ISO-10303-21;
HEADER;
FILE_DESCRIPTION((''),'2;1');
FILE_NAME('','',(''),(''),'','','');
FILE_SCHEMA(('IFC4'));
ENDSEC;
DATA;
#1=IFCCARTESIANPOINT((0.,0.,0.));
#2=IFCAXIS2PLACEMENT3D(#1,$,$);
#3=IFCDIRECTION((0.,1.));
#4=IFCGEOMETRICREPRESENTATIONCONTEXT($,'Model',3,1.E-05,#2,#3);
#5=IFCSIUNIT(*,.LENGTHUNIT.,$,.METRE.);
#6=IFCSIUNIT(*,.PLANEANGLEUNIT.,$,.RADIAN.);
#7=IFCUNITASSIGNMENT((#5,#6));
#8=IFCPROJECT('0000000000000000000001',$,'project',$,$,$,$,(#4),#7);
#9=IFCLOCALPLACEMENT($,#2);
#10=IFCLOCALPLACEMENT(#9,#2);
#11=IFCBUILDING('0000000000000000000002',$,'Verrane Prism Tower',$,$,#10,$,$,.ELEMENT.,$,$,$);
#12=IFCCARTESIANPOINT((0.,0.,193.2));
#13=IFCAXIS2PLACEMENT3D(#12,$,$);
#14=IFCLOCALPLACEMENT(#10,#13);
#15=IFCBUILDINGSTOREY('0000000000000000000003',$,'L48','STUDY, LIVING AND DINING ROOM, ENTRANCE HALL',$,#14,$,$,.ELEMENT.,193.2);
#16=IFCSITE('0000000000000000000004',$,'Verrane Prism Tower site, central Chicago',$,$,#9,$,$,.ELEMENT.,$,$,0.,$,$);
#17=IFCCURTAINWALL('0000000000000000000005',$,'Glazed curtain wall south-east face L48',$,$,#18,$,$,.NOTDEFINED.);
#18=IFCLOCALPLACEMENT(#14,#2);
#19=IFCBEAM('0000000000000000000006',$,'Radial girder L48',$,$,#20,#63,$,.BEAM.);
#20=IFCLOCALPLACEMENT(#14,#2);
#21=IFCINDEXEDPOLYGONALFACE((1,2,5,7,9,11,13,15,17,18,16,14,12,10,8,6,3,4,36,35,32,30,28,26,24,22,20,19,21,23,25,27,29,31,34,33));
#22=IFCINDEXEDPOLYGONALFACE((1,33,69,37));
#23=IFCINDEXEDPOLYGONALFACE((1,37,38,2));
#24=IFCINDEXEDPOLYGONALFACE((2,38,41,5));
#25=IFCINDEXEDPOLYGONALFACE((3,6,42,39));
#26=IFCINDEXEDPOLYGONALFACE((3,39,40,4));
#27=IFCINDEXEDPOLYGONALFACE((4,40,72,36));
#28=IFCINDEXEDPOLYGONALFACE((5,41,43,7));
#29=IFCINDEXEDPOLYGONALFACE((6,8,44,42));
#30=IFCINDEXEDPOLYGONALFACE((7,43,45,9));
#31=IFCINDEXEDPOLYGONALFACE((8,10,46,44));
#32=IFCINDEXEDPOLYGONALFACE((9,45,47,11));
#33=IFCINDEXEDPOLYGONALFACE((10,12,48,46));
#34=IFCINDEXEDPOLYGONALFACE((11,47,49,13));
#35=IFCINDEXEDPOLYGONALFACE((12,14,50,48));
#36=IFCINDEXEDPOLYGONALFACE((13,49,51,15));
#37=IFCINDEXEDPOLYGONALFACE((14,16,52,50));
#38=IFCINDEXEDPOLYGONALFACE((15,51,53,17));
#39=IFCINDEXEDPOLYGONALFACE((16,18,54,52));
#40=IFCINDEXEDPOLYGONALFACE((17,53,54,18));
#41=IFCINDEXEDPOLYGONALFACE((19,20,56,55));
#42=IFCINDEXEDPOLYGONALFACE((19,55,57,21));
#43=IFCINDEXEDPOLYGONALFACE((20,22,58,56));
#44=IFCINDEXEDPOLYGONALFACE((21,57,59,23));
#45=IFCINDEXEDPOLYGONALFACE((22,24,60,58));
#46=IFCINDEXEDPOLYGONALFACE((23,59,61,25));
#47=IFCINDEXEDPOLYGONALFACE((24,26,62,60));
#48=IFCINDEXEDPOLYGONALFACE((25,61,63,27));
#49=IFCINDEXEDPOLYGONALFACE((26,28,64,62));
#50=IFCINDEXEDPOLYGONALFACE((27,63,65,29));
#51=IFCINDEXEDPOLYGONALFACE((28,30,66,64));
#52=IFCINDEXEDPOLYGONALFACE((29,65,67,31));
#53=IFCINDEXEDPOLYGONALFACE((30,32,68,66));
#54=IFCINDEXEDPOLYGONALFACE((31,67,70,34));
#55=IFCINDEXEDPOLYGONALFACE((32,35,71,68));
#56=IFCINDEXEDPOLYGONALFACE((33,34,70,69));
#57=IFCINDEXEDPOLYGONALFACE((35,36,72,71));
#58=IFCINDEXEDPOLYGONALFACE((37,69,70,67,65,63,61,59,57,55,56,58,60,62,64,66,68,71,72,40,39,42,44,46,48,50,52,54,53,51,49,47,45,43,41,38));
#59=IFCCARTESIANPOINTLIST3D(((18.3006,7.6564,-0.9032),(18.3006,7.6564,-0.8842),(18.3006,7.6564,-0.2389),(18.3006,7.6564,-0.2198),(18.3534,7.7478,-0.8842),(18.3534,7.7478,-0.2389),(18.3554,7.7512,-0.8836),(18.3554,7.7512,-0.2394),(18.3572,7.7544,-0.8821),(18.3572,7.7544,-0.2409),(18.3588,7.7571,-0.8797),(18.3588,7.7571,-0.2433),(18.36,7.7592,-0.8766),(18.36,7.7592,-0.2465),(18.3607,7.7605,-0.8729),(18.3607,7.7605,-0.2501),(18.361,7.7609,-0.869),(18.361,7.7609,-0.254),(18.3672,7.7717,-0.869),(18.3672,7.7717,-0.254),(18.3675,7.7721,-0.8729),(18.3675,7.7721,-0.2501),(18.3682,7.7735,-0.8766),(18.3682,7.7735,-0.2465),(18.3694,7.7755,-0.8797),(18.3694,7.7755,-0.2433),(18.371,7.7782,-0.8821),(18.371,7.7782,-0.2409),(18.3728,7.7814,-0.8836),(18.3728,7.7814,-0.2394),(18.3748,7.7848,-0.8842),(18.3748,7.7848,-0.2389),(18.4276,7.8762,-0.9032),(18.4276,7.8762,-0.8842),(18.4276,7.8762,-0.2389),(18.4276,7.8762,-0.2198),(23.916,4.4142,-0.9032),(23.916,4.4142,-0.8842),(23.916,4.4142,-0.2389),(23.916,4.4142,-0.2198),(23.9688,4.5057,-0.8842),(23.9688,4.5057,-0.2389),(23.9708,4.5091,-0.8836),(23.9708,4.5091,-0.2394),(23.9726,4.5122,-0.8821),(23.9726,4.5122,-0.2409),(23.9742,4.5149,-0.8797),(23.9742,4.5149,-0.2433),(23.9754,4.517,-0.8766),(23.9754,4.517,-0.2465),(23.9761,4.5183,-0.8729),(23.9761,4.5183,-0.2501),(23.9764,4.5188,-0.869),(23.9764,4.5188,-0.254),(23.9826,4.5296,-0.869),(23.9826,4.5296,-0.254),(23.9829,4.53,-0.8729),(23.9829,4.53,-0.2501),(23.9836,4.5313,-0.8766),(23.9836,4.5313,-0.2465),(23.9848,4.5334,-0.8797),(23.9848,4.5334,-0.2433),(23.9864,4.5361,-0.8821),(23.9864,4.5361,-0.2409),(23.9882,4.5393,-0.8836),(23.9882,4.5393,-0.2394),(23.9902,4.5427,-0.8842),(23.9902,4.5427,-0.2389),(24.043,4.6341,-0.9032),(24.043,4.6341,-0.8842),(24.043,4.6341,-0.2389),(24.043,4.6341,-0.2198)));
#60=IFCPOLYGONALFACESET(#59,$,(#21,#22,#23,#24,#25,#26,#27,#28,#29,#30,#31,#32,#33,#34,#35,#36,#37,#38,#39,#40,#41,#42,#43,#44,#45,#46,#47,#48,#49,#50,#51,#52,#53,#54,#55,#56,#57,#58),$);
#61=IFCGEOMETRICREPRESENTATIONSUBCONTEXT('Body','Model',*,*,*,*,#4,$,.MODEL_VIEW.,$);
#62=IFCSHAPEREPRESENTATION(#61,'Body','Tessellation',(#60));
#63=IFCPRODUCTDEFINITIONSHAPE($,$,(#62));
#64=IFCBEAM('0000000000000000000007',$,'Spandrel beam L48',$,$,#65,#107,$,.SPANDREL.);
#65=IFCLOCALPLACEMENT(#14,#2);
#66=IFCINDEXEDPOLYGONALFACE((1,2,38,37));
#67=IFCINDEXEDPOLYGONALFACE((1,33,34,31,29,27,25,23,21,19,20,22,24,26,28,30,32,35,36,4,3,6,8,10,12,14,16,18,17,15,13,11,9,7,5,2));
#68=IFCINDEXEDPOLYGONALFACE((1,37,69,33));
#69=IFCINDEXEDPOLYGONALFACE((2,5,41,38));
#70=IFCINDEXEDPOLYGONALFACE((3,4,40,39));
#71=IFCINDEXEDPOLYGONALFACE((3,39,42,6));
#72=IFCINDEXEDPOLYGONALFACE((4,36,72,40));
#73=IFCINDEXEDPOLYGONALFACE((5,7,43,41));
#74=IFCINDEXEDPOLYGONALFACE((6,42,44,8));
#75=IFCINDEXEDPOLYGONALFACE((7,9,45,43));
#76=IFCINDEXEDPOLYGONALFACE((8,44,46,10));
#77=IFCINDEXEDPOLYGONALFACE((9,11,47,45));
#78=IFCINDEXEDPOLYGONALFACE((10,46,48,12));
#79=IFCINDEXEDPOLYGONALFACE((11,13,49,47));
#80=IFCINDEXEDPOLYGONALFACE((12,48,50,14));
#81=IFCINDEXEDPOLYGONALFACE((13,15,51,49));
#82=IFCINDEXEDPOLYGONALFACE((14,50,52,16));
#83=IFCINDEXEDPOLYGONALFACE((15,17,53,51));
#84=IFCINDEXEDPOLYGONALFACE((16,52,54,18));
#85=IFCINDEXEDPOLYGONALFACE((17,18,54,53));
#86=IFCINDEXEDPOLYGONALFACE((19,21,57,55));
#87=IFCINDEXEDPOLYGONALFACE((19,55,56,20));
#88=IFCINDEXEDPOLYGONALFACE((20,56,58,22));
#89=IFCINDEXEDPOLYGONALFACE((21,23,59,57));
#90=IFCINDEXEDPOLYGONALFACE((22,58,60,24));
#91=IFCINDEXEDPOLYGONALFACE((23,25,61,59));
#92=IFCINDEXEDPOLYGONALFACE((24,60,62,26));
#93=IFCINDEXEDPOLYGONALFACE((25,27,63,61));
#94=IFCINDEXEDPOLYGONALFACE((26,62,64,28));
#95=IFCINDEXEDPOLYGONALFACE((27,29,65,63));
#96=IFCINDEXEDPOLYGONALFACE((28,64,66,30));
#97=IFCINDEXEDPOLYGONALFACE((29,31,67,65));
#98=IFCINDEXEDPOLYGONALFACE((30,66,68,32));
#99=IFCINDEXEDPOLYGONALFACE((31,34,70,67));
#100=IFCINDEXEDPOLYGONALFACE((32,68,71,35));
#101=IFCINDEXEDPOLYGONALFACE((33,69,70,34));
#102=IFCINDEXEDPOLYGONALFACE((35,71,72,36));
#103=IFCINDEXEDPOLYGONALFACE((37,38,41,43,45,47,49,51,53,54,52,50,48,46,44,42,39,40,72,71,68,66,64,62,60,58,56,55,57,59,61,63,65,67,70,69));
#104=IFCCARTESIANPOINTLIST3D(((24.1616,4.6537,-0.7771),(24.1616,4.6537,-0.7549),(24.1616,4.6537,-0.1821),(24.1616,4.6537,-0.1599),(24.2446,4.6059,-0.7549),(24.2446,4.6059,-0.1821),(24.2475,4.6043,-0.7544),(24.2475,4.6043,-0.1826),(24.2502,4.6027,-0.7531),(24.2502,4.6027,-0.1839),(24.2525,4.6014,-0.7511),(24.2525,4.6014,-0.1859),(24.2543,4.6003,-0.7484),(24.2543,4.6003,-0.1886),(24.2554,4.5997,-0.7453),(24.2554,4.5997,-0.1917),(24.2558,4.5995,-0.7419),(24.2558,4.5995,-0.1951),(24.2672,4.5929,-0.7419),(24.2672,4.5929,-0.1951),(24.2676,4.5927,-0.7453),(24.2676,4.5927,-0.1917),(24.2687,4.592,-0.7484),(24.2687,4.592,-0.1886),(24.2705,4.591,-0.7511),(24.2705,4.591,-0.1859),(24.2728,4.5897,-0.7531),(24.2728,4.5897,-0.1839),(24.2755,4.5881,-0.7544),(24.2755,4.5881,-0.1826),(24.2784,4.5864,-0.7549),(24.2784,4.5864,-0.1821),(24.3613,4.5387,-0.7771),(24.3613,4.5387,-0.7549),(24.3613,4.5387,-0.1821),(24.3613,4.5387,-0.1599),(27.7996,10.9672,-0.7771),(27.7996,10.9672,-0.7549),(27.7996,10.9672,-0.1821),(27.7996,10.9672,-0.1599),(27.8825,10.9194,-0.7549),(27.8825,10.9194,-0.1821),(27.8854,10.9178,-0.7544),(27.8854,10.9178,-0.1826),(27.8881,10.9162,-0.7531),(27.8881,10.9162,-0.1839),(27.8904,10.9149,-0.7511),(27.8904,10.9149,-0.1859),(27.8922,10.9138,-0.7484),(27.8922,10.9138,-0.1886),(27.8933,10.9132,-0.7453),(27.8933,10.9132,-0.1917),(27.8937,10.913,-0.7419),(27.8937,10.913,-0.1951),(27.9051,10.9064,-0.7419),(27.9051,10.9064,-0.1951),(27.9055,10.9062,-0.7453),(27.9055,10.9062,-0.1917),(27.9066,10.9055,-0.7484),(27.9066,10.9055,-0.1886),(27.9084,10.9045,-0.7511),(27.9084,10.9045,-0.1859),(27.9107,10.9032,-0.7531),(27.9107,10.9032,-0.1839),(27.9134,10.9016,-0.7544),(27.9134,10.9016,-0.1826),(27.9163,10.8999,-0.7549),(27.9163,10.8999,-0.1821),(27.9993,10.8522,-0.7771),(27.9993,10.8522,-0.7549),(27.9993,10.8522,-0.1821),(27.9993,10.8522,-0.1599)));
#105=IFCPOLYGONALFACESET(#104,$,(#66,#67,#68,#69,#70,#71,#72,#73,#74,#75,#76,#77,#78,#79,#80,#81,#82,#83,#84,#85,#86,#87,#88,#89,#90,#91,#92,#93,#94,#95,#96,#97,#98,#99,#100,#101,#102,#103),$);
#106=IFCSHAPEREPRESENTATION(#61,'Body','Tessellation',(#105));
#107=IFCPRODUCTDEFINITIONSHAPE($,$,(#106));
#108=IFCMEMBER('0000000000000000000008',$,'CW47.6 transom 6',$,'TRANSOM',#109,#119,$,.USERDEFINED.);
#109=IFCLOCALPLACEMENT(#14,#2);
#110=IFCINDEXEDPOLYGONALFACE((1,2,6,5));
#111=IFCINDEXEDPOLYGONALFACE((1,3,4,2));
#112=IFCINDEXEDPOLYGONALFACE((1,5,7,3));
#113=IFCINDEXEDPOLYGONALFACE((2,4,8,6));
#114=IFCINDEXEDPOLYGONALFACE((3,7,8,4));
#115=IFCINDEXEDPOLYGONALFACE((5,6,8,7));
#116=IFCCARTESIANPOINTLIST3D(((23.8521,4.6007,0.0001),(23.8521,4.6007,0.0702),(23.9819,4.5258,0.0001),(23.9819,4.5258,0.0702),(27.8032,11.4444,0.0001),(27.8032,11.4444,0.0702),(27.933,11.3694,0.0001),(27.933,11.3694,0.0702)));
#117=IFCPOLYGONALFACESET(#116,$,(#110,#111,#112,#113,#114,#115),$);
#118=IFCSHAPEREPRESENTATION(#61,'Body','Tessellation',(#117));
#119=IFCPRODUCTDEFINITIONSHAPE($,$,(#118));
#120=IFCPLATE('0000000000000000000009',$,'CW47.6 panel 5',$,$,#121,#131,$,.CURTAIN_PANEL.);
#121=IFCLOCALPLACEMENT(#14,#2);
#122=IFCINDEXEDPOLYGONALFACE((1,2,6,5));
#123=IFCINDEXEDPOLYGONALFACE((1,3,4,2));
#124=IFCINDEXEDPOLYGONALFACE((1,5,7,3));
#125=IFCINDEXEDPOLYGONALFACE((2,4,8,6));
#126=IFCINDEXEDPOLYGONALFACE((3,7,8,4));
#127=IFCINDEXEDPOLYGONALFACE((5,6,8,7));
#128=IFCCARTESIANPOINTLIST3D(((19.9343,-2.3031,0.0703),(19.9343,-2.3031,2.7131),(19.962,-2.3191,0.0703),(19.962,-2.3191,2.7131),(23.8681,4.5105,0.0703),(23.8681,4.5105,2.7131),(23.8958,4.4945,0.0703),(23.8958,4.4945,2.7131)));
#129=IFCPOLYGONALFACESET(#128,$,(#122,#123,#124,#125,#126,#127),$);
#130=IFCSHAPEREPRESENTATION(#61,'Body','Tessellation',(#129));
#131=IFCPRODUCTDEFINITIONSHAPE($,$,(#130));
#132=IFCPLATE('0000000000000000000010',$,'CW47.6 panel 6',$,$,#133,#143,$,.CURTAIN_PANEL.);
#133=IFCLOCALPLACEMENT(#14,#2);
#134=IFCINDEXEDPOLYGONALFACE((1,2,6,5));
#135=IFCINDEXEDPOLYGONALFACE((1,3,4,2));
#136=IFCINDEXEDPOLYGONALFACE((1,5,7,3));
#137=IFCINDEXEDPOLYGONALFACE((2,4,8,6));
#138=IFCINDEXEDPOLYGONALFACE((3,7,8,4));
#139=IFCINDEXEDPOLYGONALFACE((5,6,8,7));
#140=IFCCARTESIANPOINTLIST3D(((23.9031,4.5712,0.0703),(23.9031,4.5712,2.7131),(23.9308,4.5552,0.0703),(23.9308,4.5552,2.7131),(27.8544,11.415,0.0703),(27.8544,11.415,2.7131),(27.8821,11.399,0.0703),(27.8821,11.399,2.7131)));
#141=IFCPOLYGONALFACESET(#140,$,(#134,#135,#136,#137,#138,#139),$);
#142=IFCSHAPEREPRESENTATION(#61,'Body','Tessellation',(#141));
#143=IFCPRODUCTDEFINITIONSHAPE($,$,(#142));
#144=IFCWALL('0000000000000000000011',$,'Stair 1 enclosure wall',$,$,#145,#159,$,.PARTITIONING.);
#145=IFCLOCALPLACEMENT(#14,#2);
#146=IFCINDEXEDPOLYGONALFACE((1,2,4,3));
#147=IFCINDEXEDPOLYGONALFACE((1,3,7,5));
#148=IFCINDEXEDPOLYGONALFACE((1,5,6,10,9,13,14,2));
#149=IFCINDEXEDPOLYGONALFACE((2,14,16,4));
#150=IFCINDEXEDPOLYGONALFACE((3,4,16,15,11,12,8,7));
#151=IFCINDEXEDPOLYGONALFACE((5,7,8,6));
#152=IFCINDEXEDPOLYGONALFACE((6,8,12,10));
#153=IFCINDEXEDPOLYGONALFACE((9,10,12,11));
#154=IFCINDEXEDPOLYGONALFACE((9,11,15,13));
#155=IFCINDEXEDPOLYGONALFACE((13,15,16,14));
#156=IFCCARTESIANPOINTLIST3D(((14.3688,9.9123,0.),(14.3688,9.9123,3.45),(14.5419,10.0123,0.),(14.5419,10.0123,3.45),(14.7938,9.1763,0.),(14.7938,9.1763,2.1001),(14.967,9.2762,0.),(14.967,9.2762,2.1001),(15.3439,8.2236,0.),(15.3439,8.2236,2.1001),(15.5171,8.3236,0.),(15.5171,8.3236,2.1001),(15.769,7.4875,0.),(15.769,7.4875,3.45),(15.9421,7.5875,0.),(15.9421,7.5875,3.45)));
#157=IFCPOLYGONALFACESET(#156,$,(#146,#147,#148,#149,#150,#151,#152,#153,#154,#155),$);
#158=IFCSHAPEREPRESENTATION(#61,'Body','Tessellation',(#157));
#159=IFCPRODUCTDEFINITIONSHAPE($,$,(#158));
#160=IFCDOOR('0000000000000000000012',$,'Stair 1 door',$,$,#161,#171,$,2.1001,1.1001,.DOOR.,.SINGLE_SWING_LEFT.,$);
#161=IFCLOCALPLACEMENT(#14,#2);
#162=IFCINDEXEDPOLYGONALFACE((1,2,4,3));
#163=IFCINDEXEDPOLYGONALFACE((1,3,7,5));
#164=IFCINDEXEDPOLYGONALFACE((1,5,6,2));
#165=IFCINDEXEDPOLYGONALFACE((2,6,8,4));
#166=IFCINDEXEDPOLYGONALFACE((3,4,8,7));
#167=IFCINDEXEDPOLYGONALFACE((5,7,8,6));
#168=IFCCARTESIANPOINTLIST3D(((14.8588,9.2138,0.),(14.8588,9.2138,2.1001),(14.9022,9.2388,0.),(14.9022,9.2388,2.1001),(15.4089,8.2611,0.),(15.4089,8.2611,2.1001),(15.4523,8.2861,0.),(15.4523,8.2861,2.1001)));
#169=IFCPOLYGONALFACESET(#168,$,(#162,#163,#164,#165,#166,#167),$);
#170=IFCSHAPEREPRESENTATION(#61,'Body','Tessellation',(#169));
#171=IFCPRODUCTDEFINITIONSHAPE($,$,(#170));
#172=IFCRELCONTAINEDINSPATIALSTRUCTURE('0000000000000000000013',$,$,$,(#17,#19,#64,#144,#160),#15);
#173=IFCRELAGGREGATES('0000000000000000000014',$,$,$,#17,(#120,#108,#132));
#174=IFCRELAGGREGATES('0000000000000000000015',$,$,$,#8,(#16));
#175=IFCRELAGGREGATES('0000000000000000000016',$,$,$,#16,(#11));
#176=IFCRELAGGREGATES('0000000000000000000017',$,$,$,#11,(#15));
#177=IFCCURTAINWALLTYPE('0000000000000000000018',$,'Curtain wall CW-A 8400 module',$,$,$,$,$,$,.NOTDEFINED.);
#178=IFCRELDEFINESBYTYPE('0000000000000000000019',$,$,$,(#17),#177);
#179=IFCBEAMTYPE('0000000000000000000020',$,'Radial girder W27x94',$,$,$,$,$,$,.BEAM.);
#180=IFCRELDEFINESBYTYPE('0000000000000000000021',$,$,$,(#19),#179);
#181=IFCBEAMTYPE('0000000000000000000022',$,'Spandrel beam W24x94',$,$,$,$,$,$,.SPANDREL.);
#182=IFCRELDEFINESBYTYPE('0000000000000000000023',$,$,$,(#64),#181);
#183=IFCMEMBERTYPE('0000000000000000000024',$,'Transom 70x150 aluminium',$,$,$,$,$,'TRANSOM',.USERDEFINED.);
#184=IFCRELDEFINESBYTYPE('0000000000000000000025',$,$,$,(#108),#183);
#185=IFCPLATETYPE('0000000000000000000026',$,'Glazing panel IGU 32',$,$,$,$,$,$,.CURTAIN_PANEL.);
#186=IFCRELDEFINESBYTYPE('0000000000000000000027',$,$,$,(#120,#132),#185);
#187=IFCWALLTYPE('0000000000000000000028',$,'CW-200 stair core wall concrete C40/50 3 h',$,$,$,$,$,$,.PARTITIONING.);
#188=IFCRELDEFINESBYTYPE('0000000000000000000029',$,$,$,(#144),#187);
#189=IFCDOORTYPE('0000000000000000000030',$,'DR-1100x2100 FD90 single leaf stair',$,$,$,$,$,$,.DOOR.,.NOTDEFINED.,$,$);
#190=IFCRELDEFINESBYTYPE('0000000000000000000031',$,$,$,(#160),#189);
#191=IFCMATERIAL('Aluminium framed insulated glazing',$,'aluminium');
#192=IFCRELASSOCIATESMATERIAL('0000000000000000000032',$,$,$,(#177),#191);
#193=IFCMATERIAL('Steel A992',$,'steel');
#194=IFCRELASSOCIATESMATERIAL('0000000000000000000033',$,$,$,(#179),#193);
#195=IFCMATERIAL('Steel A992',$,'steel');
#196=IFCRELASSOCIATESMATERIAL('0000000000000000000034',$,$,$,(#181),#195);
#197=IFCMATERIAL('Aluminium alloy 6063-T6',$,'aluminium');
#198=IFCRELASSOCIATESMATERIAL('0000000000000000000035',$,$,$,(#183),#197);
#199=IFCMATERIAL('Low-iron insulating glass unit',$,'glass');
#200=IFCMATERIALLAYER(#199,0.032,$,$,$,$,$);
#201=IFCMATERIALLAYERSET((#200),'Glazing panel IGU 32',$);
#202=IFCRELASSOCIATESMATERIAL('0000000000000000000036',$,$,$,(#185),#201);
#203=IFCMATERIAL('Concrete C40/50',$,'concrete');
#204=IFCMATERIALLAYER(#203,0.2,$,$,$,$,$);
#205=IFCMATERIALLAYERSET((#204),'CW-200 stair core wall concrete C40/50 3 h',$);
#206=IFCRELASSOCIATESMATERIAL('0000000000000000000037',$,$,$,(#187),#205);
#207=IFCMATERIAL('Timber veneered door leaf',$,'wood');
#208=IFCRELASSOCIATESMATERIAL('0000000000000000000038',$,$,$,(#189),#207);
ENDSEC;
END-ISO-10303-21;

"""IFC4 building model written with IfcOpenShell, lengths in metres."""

from ifc_helpers import new_model, si_unit, direction, frame, frame_2d, origin, origin_2d, place, context, subcontext, project, spatial, rectangle, i_section, extrude, material, layer, layer_set, material_profile, profile_set, type_object, element, fill, aggregate, save


model = new_model("IFC4")

# Units and contexts
model_context = context("Model", 3, precision=1e-05, world=origin(), true_north=direction((0.0, 1.0)))
body_context = subcontext(model_context, "Body", "Model", "MODEL_VIEW")
ifc_project = project(units=[si_unit("LENGTHUNIT", "METRE"), si_unit("PLANEANGLEUNIT", "RADIAN")], contexts=[model_context])

# Site, building, storey
site_placement = place(None, origin())
site = spatial("IfcSite", under=ifc_project, at=site_placement, Name="Verrane Prism Tower site, central Chicago", CompositionType="ELEMENT", RefElevation=0.0)
building_placement = place(site_placement, origin())
building = spatial("IfcBuilding", under=site, at=building_placement, Name="Verrane Prism Tower", CompositionType="ELEMENT")
storey_placement = place(building_placement, frame((0.0, 0.0, 193.2)))
storey = spatial("IfcBuildingStorey", under=building, at=storey_placement, Name="L48", Description="STUDY, LIVING AND DINING ROOM, ENTRANCE HALL", CompositionType="ELEMENT", Elevation=193.2)

# Curtain wall
ifc_material_1 = material(Name="Aluminium framed insulated glazing", Category="aluminium")
curtain_wall_type = type_object("IfcCurtainWallType", Name="Curtain wall CW-A 8400 module", PredefinedType="NOTDEFINED", material=ifc_material_1)
curtain_wall_placement = place(storey_placement, origin())
curtain_wall = element("IfcCurtainWall", 1, at=curtain_wall_placement, inside=storey, type_object=curtain_wall_type, Name="Glazed curtain wall south-east face L48", PredefinedType="NOTDEFINED")

# Beams
ifc_material_2 = material(Name="Steel A992", Category="steel")
ifc_material_profile_1 = material_profile(ifc_material_2, i_section(OverallWidth=0.2539, OverallDepth=0.6833, WebThickness=0.0125, FlangeThickness=0.019, FilletRadius=0.0151, at=origin_2d()), Name="W27x94")
ifc_profile_set_1 = profile_set([ifc_material_profile_1], Name="Steel A992")
beam_type_1 = type_object("IfcBeamType", Name="Radial girder W27x94", PredefinedType="BEAM", material=ifc_profile_set_1)
beam_1_placement = place(storey_placement, frame((23.9795, 4.5242, -0.5615), z_axis=(-0.866019, 0.50001, 0.0), x_axis=(-0.50001, -0.866019, 0.0)))
element("IfcBeam", 2, at=beam_1_placement, inside=storey, type_object=beam_type_1, Name="Radial girder L48", PredefinedType="BEAM", context=body_context, shape_type="SweptSolid", body=[
    extrude(i_section(OverallWidth=0.2539, OverallDepth=0.6833, WebThickness=0.0125, FlangeThickness=0.019, FilletRadius=0.0151, at=origin_2d()), origin(), (0.0, 0.0, 1.0), 6.4841),
])
ifc_material_3 = material(Name="Steel A992", Category="steel")
ifc_material_profile_2 = material_profile(ifc_material_3, i_section(OverallWidth=0.2305, OverallDepth=0.6172, WebThickness=0.0132, FlangeThickness=0.0222, FilletRadius=0.0129, at=origin_2d()), Name="W24x94")
ifc_profile_set_2 = profile_set([ifc_material_profile_2], Name="Steel A992")
beam_type_2 = type_object("IfcBeamType", Name="Spandrel beam W24x94", PredefinedType="SPANDREL", material=ifc_profile_set_2)
beam_2_placement = place(storey_placement, frame((24.2615, 4.5962, -0.4685), z_axis=(0.499264, 0.86645, 0.0), x_axis=(-0.86645, 0.499264, 0.0)))
element("IfcBeam", 3, at=beam_2_placement, inside=storey, type_object=beam_type_2, Name="Spandrel beam L48", PredefinedType="SPANDREL", context=body_context, shape_type="SweptSolid", body=[
    extrude(i_section(OverallWidth=0.2305, OverallDepth=0.6172, WebThickness=0.0132, FlangeThickness=0.0222, FilletRadius=0.0129, at=origin_2d()), origin(), (0.0, 0.0, 1.0), 7.2866),
])

# Member
ifc_material_4 = material(Name="Aluminium alloy 6063-T6", Category="aluminium")
ifc_material_profile_3 = material_profile(ifc_material_4, rectangle(XDim=0.1499, YDim=0.0701, at=origin_2d()), Name="Transom 70x150 aluminium")
ifc_profile_set_3 = profile_set([ifc_material_profile_3], Name="Aluminium alloy 6063-T6")
member_type_1 = type_object("IfcMemberType", Name="Transom 70x150 aluminium", ElementType="TRANSOM", PredefinedType="USERDEFINED", material=ifc_profile_set_3)
member_1_placement = place(storey_placement, frame((23.917, 4.5632, 0.0352), z_axis=(0.499993, 0.866029, 0.0), x_axis=(-0.866029, 0.499993, 0.0)))
member_1 = element("IfcMember", 4, at=member_1_placement, type_object=member_type_1, Name="CW47.6 transom 6", ObjectType="TRANSOM", PredefinedType="USERDEFINED", context=body_context, shape_type="SweptSolid", body=[
    extrude(rectangle(XDim=0.1499, YDim=0.0701, at=origin_2d()), origin(), (0.0, 0.0, 1.0), 7.9023),
])

# Plates
ifc_material_5 = material(Name="Low-iron insulating glass unit", Category="glass")
ifc_layer_1 = layer(ifc_material_5, 0.032)
ifc_layer_set_1 = layer_set([ifc_layer_1], Name="Glazing panel IGU 32")
plate_type = type_object("IfcPlateType", Name="Glazing panel IGU 32", PredefinedType="CURTAIN_PANEL", material=ifc_layer_set_1)
plate_1_placement = place(storey_placement, frame((21.915, 1.0957, 0.0703), z_axis=(0.0, 0.0, 1.0), x_axis=(0.5, 0.866026, 0.0)))
plate_1 = element("IfcPlate", 5, at=plate_1_placement, type_object=plate_type, Name="CW47.6 panel 5", PredefinedType="CURTAIN_PANEL", context=body_context, shape_type="SweptSolid", body=[
    extrude(rectangle(XDim=7.8677, YDim=0.032, at=origin_2d()), origin(), (0.0, 0.0, 1.0), 2.6428),
])
plate_2_placement = place(storey_placement, frame((25.8926, 7.9851, 0.0703), z_axis=(0.0, 0.0, 1.0), x_axis=(0.5, 0.866026, 0.0)))
plate_2 = element("IfcPlate", 6, at=plate_2_placement, type_object=plate_type, Name="CW47.6 panel 6", PredefinedType="CURTAIN_PANEL", context=body_context, shape_type="SweptSolid", body=[
    extrude(rectangle(XDim=7.9026, YDim=0.032, at=origin_2d()), origin(), (0.0, 0.0, 1.0), 2.6428),
])
aggregate(curtain_wall, [plate_1, member_1, plate_2])

# Wall, opening, door
ifc_material_6 = material(Name="Concrete C40/50", Category="concrete")
ifc_layer_2 = layer(ifc_material_6, 0.2)
ifc_layer_set_2 = layer_set([ifc_layer_2], Name="CW-200 stair core wall concrete C40/50 3 h")
wall_type_1 = type_object("IfcWallType", Name="CW-200 stair core wall concrete C40/50 3 h", PredefinedType="PARTITIONING", material=ifc_layer_set_2)
wall_1_placement = place(storey_placement, frame((15.8555, 7.5376, 0.0), z_axis=(0.0, 0.0, 1.0), x_axis=(-0.50005, 0.865997, 0.0)))
wall_1 = element("IfcWall", 7, at=wall_1_placement, inside=storey, type_object=wall_type_1, Name="Stair 1 enclosure wall", PredefinedType="PARTITIONING", context=body_context, shape_type="SweptSolid", body=[
    extrude(rectangle(XDim=2.8, YDim=0.2, at=frame_2d((1.3999, 0.0))), origin(), (0.0, 0.0, 1.0), 3.45),
])
opening_1_placement = place(wall_1_placement, frame((0.8499, 0.0, 0.0)))
opening_1 = element("IfcOpeningElement", 8, at=opening_1_placement, cuts=wall_1, PredefinedType="OPENING", context=body_context, shape_type="SweptSolid", body=[
    extrude(rectangle(XDim=1.1001, YDim=2.1001, at=frame_2d((0.55, 1.05))), frame((0.0, 0.1099, 0.0), z_axis=(0.0, -1.0, 0.0), x_axis=(1.0, 0.0, 0.0)), (0.0, 0.0, 1.0), 0.22),
])
ifc_material_7 = material(Name="Timber veneered door leaf", Category="wood")
door_type_1 = type_object("IfcDoorType", Name="DR-1100x2100 FD90 single leaf stair", OperationType="NOTDEFINED", PredefinedType="DOOR", material=ifc_material_7)
door_1_placement = place(opening_1_placement, origin())
door_1 = element("IfcDoor", 9, at=door_1_placement, inside=storey, type_object=door_type_1, Name="Stair 1 door", OperationType="SINGLE_SWING_LEFT", OverallHeight=2.1001, OverallWidth=1.1001, PredefinedType="DOOR", context=body_context, shape_type="SweptSolid", body=[
    extrude(rectangle(XDim=1.1001, YDim=2.1001, at=frame_2d((0.55, 1.05))), frame((0.0, 0.0249, 0.0), z_axis=(0.0, -1.0, 0.0), x_axis=(1.0, 0.0, 0.0)), (0.0, 0.0, 1.0), 0.05),
])
fill(opening_1, door_1)

save(model, "model.ifc")
